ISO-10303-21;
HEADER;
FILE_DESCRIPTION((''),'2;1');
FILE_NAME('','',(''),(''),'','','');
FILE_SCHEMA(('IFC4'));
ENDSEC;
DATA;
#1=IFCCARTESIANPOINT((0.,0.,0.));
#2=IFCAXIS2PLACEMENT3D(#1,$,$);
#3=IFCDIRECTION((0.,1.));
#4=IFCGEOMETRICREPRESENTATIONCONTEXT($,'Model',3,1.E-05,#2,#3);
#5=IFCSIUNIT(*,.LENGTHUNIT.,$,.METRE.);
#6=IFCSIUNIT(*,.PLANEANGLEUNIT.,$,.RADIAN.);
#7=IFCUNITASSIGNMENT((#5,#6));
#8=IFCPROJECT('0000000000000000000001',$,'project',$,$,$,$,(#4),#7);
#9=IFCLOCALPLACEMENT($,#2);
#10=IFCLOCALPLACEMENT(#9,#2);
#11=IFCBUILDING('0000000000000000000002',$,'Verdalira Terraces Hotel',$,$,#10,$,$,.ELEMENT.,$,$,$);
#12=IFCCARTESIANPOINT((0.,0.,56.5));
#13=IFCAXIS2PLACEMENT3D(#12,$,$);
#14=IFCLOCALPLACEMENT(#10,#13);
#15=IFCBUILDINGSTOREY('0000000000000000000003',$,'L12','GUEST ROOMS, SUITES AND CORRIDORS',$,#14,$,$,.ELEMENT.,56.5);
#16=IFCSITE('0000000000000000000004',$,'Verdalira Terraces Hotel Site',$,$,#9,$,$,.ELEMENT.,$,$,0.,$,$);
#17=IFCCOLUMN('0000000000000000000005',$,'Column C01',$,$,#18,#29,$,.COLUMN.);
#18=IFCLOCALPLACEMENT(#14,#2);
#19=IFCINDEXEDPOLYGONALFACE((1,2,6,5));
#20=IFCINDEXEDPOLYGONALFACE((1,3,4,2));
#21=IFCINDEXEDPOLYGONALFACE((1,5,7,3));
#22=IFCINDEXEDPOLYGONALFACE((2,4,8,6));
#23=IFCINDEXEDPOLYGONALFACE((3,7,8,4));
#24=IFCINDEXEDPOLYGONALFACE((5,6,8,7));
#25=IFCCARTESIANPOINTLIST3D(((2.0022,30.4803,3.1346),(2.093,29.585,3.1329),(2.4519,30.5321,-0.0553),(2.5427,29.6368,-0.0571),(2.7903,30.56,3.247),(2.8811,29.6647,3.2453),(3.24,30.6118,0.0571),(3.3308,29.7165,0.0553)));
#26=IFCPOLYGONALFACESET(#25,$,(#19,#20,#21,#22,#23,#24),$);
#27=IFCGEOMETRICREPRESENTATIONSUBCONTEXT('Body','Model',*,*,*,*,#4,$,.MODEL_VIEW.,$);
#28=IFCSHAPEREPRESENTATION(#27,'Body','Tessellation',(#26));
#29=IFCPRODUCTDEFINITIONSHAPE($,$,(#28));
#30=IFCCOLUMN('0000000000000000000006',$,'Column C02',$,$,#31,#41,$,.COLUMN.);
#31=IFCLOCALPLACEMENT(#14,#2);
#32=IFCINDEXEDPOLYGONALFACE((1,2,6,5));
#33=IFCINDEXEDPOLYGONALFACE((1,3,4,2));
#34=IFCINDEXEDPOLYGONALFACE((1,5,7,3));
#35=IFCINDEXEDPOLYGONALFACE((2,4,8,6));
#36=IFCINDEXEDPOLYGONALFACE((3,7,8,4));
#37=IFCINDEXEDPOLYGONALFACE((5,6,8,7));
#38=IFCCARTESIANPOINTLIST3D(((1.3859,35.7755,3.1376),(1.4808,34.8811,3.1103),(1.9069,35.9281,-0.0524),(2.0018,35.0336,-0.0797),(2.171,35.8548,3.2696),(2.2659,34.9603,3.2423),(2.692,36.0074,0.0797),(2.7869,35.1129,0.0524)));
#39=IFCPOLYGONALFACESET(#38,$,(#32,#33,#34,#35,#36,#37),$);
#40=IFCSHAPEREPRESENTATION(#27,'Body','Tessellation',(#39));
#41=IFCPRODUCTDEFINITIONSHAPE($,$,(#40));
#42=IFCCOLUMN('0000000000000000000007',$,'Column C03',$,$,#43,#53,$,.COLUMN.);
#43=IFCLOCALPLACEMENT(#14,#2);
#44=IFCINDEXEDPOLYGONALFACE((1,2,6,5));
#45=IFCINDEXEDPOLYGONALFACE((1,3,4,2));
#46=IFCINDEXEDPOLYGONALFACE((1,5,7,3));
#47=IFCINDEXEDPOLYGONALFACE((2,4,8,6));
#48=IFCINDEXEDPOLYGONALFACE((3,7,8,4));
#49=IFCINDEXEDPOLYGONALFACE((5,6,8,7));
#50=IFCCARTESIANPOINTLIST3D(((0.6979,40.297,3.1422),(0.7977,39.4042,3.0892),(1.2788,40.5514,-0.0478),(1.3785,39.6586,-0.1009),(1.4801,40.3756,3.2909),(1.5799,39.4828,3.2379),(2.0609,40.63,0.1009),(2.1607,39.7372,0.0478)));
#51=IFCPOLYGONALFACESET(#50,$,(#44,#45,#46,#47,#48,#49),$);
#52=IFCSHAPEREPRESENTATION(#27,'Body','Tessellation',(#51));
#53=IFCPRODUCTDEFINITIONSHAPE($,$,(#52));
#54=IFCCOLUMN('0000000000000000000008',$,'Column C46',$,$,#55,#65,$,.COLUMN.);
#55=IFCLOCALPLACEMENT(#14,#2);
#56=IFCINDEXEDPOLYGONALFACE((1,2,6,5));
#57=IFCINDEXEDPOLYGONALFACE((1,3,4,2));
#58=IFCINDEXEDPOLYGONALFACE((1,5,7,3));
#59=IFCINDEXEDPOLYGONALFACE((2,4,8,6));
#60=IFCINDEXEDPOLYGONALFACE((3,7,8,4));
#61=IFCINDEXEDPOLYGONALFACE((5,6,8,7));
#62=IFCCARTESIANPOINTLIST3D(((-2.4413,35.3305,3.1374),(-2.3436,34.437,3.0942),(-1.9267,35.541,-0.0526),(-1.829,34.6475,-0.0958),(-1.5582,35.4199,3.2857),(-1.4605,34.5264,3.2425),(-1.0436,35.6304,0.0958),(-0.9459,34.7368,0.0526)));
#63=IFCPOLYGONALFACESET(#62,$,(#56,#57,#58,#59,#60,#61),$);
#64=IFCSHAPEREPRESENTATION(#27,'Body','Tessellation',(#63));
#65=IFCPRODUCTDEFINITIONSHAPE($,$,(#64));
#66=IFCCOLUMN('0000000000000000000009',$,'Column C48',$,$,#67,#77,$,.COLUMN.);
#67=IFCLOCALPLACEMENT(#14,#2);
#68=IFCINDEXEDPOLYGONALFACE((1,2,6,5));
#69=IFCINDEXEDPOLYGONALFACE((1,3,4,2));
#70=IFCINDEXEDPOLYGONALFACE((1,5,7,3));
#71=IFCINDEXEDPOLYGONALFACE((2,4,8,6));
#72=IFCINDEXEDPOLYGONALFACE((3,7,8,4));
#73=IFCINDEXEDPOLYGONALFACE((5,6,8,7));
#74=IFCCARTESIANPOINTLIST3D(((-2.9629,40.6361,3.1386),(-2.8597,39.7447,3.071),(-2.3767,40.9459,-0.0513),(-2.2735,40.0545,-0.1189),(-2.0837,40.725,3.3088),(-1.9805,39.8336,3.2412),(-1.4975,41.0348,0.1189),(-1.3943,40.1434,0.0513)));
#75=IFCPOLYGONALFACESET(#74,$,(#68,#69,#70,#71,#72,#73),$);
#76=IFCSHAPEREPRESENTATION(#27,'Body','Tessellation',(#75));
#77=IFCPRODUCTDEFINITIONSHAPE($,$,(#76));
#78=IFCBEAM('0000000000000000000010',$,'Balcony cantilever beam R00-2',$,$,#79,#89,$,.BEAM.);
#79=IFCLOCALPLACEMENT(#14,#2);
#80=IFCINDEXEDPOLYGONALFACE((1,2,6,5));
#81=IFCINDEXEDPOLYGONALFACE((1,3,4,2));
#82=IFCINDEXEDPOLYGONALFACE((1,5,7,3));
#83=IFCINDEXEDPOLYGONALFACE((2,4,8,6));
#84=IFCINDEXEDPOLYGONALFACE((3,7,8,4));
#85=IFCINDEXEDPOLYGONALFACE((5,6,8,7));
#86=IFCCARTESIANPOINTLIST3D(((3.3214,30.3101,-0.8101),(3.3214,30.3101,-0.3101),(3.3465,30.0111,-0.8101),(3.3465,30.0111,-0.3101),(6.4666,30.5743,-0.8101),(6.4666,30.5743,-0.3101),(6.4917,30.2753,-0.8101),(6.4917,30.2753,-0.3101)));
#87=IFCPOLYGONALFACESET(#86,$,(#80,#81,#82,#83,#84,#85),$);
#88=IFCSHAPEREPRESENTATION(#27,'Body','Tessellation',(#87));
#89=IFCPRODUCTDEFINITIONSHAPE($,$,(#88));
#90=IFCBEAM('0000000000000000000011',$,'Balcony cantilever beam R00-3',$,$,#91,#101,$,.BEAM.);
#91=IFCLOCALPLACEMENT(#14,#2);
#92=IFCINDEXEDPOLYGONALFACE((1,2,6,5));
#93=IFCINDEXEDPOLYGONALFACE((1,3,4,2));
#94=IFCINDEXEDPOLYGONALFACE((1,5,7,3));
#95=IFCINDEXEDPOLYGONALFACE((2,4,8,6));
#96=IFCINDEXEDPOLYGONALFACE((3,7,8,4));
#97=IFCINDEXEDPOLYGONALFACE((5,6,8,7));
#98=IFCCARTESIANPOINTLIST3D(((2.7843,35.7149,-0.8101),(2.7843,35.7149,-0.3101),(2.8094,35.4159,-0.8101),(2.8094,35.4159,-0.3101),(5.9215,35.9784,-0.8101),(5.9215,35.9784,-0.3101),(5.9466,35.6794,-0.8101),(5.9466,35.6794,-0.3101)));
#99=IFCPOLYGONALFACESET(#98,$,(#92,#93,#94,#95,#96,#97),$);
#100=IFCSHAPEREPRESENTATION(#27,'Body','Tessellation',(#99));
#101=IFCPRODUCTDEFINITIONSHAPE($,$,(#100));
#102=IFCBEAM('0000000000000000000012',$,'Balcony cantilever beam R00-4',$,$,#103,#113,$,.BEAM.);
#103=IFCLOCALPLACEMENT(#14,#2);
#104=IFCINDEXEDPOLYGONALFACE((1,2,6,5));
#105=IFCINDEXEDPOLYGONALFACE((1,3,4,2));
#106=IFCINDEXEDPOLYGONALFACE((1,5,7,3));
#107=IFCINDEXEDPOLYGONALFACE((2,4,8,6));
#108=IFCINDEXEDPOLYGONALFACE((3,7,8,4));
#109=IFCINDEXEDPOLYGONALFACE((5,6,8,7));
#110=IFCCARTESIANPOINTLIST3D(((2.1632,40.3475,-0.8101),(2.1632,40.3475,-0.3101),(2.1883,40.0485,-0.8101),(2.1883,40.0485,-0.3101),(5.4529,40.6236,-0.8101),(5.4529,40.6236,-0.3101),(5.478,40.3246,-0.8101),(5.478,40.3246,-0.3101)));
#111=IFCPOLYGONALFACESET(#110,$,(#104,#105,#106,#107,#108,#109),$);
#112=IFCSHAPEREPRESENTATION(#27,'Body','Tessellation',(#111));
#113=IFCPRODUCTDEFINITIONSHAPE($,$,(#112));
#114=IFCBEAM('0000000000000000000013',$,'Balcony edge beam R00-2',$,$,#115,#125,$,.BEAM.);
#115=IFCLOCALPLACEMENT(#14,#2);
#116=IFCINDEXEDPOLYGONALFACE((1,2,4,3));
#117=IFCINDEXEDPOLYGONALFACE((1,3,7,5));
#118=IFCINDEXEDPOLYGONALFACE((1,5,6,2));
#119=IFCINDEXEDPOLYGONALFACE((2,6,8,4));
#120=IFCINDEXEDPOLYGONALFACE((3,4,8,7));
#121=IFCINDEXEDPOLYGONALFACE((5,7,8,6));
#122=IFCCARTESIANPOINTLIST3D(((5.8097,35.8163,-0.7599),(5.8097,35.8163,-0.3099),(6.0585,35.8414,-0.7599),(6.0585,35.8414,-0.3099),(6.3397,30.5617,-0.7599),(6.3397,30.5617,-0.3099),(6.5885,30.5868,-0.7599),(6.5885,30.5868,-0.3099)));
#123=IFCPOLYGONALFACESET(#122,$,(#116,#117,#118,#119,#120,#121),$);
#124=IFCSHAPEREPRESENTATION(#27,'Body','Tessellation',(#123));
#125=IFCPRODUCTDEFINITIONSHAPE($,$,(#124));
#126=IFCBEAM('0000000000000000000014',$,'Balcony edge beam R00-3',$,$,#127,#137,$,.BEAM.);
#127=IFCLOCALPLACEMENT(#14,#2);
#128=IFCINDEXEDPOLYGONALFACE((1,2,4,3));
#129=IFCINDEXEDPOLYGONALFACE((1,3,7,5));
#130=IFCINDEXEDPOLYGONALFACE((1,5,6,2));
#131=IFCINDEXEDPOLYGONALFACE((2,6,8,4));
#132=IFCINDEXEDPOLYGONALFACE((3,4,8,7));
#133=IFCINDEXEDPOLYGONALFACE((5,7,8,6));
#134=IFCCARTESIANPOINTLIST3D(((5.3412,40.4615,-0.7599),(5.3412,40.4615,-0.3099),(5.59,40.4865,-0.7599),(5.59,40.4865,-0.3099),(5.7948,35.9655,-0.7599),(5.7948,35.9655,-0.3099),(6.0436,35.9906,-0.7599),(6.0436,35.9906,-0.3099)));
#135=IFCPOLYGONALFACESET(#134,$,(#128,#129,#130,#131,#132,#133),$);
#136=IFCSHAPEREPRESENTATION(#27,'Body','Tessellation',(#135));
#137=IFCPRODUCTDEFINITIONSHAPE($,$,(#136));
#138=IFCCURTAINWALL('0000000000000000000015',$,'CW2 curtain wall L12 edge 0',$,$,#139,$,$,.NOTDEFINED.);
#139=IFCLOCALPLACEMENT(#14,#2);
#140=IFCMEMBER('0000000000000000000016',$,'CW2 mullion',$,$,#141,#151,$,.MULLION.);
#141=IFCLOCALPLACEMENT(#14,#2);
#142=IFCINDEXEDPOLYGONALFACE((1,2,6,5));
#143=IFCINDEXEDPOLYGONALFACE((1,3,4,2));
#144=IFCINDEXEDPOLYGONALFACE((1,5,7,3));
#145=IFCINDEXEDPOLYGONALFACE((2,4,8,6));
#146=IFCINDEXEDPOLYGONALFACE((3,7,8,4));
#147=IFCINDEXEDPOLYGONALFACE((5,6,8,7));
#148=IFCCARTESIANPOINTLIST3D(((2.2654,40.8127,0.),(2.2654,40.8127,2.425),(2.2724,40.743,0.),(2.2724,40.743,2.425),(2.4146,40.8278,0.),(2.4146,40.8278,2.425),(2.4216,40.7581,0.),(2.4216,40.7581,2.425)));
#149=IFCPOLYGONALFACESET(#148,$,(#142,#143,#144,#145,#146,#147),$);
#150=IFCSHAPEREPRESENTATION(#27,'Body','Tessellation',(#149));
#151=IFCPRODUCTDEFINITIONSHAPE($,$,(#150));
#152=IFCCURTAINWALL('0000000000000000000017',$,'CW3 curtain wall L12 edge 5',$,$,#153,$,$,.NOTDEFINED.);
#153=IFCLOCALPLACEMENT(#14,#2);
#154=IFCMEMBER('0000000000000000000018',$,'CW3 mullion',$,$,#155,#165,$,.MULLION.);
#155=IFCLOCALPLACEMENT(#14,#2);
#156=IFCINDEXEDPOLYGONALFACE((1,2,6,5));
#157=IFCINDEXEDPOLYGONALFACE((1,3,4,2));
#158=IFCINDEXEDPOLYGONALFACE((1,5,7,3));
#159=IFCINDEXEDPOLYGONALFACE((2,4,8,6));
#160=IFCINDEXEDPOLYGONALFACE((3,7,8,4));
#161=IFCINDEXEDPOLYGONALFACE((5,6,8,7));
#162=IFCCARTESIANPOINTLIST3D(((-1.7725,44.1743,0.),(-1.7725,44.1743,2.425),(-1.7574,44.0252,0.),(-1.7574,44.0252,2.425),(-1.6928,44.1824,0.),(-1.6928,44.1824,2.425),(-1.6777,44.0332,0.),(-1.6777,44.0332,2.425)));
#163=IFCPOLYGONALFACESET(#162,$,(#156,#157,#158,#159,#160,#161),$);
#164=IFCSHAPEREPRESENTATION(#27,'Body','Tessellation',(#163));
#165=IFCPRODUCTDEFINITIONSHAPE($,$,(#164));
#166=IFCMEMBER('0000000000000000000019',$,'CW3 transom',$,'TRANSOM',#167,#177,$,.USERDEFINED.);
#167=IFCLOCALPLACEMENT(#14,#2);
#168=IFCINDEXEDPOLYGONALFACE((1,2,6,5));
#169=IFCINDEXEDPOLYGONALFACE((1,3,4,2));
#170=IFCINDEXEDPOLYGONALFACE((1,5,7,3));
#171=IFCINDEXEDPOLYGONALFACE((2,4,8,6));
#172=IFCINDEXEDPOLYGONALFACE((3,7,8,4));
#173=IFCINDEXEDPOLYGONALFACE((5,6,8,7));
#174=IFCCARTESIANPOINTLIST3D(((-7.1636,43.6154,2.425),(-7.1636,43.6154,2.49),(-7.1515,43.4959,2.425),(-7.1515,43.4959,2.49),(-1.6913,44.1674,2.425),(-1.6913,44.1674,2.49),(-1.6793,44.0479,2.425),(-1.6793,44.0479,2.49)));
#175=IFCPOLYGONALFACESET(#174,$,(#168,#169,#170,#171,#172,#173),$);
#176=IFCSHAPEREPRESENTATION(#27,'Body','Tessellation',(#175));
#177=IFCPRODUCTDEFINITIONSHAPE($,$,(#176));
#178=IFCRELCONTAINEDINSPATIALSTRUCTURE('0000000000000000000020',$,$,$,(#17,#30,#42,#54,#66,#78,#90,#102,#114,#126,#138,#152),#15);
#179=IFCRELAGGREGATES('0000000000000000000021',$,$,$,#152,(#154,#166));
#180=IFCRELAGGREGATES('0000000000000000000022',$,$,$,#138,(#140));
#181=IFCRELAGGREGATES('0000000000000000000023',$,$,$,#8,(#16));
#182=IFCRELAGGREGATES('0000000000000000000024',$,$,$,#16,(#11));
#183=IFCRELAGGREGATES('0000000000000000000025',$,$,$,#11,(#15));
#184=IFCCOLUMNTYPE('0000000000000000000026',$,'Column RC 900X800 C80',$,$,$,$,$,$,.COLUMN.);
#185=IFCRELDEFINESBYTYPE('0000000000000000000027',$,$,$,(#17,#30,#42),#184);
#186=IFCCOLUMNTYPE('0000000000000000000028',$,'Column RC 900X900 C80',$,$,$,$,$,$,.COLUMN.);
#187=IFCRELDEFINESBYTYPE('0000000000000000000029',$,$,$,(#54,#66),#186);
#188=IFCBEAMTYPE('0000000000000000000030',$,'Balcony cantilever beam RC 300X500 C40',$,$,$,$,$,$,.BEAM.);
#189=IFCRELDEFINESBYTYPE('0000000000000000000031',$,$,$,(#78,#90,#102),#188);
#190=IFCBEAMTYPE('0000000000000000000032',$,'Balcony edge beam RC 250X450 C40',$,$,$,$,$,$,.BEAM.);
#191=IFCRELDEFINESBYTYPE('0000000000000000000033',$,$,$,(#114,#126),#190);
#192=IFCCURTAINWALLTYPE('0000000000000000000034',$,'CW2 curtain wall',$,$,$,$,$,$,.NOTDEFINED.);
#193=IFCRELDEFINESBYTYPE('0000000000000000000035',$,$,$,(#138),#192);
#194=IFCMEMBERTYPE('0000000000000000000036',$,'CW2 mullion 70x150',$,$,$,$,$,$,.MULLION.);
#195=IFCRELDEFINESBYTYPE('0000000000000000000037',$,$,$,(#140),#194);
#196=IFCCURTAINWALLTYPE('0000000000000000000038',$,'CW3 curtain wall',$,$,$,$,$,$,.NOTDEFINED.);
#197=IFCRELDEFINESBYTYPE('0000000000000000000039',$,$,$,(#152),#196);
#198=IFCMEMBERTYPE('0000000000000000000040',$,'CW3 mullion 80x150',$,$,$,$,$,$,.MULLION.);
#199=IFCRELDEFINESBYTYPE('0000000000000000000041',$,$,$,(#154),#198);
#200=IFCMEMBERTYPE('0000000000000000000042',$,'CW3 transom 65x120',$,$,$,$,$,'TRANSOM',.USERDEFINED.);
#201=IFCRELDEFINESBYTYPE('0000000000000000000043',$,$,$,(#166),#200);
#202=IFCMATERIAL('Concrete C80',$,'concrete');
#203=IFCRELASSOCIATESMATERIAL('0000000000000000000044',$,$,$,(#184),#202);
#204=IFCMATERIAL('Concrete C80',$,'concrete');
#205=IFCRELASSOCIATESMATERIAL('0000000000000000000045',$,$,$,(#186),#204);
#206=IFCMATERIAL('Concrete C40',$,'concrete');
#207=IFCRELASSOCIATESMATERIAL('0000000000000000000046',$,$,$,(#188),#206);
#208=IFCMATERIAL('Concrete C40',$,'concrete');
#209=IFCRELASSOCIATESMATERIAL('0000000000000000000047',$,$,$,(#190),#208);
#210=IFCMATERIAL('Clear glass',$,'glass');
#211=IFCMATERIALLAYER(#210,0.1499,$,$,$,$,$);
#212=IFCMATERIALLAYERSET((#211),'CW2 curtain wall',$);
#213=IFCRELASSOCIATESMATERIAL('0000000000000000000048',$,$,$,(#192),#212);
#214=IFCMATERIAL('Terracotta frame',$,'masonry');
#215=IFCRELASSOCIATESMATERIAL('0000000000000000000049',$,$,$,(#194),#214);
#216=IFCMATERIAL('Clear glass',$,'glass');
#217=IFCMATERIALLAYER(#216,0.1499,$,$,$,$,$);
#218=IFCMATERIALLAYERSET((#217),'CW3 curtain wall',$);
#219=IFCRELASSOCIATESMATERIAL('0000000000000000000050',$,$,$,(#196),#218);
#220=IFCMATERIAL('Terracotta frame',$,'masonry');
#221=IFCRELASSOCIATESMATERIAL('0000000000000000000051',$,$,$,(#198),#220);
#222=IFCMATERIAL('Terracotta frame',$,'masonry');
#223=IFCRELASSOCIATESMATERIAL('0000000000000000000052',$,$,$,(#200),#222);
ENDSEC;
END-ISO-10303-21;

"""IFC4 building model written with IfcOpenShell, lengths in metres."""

from ifc_helpers import new_model, si_unit, direction, frame, origin, origin_2d, place, context, subcontext, project, spatial, rectangle, extrude, material, layer, layer_set, material_profile, profile_set, type_object, element, aggregate, save


model = new_model("IFC4")

# Units and contexts
model_context = context("Model", 3, precision=1e-05, world=origin(), true_north=direction((0.0, 1.0)))
body_context = subcontext(model_context, "Body", "Model", "MODEL_VIEW")
ifc_project = project(units=[si_unit("LENGTHUNIT", "METRE"), si_unit("PLANEANGLEUNIT", "RADIAN")], contexts=[model_context])

# Site, building, storey
site_placement = place(None, origin())
site = spatial("IfcSite", under=ifc_project, at=site_placement, Name="Verdalira Terraces Hotel Site", CompositionType="ELEMENT", RefElevation=0.0)
building_placement = place(site_placement, origin())
building = spatial("IfcBuilding", under=site, at=building_placement, Name="Verdalira Terraces Hotel", CompositionType="ELEMENT")
storey_placement = place(building_placement, frame((0.0, 0.0, 56.5)))
storey = spatial("IfcBuildingStorey", under=building, at=storey_placement, Name="L12", Description="GUEST ROOMS, SUITES AND CORRIDORS", CompositionType="ELEMENT", Elevation=56.5)

# Columns
ifc_material_1 = material(Name="Concrete C80", Category="concrete")
ifc_material_profile_1 = material_profile(ifc_material_1, rectangle(XDim=0.8999, YDim=0.8, at=origin_2d()), Name="RC 900X800")
ifc_profile_set_1 = profile_set([ifc_material_profile_1], Name="Concrete C80")
column_type_1 = type_object("IfcColumnType", Name="Column RC 900X800 C80", PredefinedType="COLUMN", material=ifc_profile_set_1)
column_1_placement = place(storey_placement, frame((2.8914, 30.1243, 0.0), z_axis=(-0.139578, -0.016064, 0.990081), x_axis=(-0.10087, 0.994898, 0.001922)))
element("IfcColumn", 1, at=column_1_placement, inside=storey, type_object=column_type_1, Name="Column C01", PredefinedType="COLUMN", context=body_context, shape_type="SweptSolid", body=[
    extrude(rectangle(XDim=0.8999, YDim=0.8, at=origin_2d()), origin(), (0.0, 0.0, 1.0), 3.2219),
])
column_2_placement = place(storey_placement, frame((2.3469, 35.5205, 0.0), z_axis=(-0.16101, -0.047156, 0.985826), x_axis=(-0.105437, 0.993963, 0.030325)))
element("IfcColumn", 2, at=column_2_placement, inside=storey, type_object=column_type_1, Name="Column C02", PredefinedType="COLUMN", context=body_context, shape_type="SweptSolid", body=[
    extrude(rectangle(XDim=0.8999, YDim=0.8, at=origin_2d()), origin(), (0.0, 0.0, 1.0), 3.2358),
])
column_3_placement = place(storey_placement, frame((1.7197, 40.1443, 0.0), z_axis=(-0.178582, -0.078219, 0.980811), x_axis=(-0.110855, 0.992088, 0.058934)))
element("IfcColumn", 3, at=column_3_placement, inside=storey, type_object=column_type_1, Name="Column C03", PredefinedType="COLUMN", context=body_context, shape_type="SweptSolid", body=[
    extrude(rectangle(XDim=0.8999, YDim=0.8, at=origin_2d()), origin(), (0.0, 0.0, 1.0), 3.2524),
])
ifc_material_2 = material(Name="Concrete C80", Category="concrete")
ifc_material_profile_2 = material_profile(ifc_material_2, rectangle(XDim=0.8999, YDim=0.8999, at=origin_2d()), Name="RC 900X900")
ifc_profile_set_2 = profile_set([ifc_material_profile_2], Name="Concrete C80")
column_type_2 = type_object("IfcColumnType", Name="Column RC 900X900 C80", PredefinedType="COLUMN", material=ifc_profile_set_2)
column_4_placement = place(storey_placement, frame((-1.4363, 35.1389, 0.0), z_axis=(-0.158938, -0.064993, 0.985147), x_axis=(-0.108561, 0.992931, 0.047992)))
element("IfcColumn", 4, at=column_4_placement, inside=storey, type_object=column_type_2, Name="Column C46", PredefinedType="COLUMN", context=body_context, shape_type="SweptSolid", body=[
    extrude(rectangle(XDim=0.8999, YDim=0.8999, at=origin_2d()), origin(), (0.0, 0.0, 1.0), 3.238),
])
column_5_placement = place(storey_placement, frame((-1.8855, 40.5447, 0.0), z_axis=(-0.179914, -0.09509, 0.979075), x_axis=(-0.114688, 0.990556, 0.07513)))
element("IfcColumn", 5, at=column_5_placement, inside=storey, type_object=column_type_2, Name="Column C48", PredefinedType="COLUMN", context=body_context, shape_type="SweptSolid", body=[
    extrude(rectangle(XDim=0.8999, YDim=0.8999, at=origin_2d()), origin(), (0.0, 0.0, 1.0), 3.2581),
])

# Beams
ifc_material_3 = material(Name="Concrete C40", Category="concrete")
ifc_material_profile_3 = material_profile(ifc_material_3, rectangle(XDim=0.3, YDim=0.5, at=origin_2d()), Name="RC 300X500")
ifc_profile_set_3 = profile_set([ifc_material_profile_3], Name="Concrete C40")
beam_type_1 = type_object("IfcBeamType", Name="Balcony cantilever beam RC 300X500 C40", PredefinedType="BEAM", material=ifc_profile_set_3)
beam_1_placement = place(storey_placement, frame((3.334, 30.1606, -0.5601), z_axis=(0.996492, 0.083692, 0.0), x_axis=(-0.083692, 0.996492, 0.0)))
element("IfcBeam", 6, at=beam_1_placement, inside=storey, type_object=beam_type_1, Name="Balcony cantilever beam R00-2", PredefinedType="BEAM", context=body_context, shape_type="SweptSolid", body=[
    extrude(rectangle(XDim=0.3, YDim=0.5, at=origin_2d()), origin(), (0.0, 0.0, 1.0), 3.1562),
])
beam_2_placement = place(storey_placement, frame((2.7969, 35.5654, -0.5601), z_axis=(0.996493, 0.083674, 0.0), x_axis=(-0.083674, 0.996493, 0.0)))
element("IfcBeam", 7, at=beam_2_placement, inside=storey, type_object=beam_type_1, Name="Balcony cantilever beam R00-3", PredefinedType="BEAM", context=body_context, shape_type="SweptSolid", body=[
    extrude(rectangle(XDim=0.3, YDim=0.5, at=origin_2d()), origin(), (0.0, 0.0, 1.0), 3.1482),
])
beam_3_placement = place(storey_placement, frame((2.1758, 40.198, -0.5601), z_axis=(0.996496, 0.083639, 0.0), x_axis=(-0.083639, 0.996496, 0.0)))
element("IfcBeam", 8, at=beam_3_placement, inside=storey, type_object=beam_type_1, Name="Balcony cantilever beam R00-4", PredefinedType="BEAM", context=body_context, shape_type="SweptSolid", body=[
    extrude(rectangle(XDim=0.3, YDim=0.5, at=origin_2d()), origin(), (0.0, 0.0, 1.0), 3.3013),
])
ifc_material_4 = material(Name="Concrete C40", Category="concrete")
ifc_material_profile_4 = material_profile(ifc_material_4, rectangle(XDim=0.25, YDim=0.45, at=origin_2d()), Name="RC 250X450")
ifc_profile_set_4 = profile_set([ifc_material_profile_4], Name="Concrete C40")
beam_type_2 = type_object("IfcBeamType", Name="Balcony edge beam RC 250X450 C40", PredefinedType="BEAM", material=ifc_profile_set_4)
beam_4_placement = place(storey_placement, frame((6.4641, 30.5742, -0.5349), z_axis=(-0.10036, 0.994951, 0.0), x_axis=(-0.994951, -0.10036, 0.0)))
element("IfcBeam", 9, at=beam_4_placement, inside=storey, type_object=beam_type_2, Name="Balcony edge beam R00-2", PredefinedType="BEAM", context=body_context, shape_type="SweptSolid", body=[
    extrude(rectangle(XDim=0.25, YDim=0.45, at=origin_2d()), origin(), (0.0, 0.0, 1.0), 5.2812),
])
beam_5_placement = place(storey_placement, frame((5.9192, 35.978, -0.5349), z_axis=(-0.100381, 0.994949, 0.0), x_axis=(-0.994949, -0.100381, 0.0)))
element("IfcBeam", 10, at=beam_5_placement, inside=storey, type_object=beam_type_2, Name="Balcony edge beam R00-3", PredefinedType="BEAM", context=body_context, shape_type="SweptSolid", body=[
    extrude(rectangle(XDim=0.25, YDim=0.45, at=origin_2d()), origin(), (0.0, 0.0, 1.0), 4.5188),
])

# Curtain wall, member
ifc_material_5 = material(Name="Clear glass", Category="glass")
ifc_layer_1 = layer(ifc_material_5, 0.1499)
ifc_layer_set_1 = layer_set([ifc_layer_1], Name="CW2 curtain wall")
curtain_wall_type_1 = type_object("IfcCurtainWallType", Name="CW2 curtain wall", PredefinedType="NOTDEFINED", material=ifc_layer_set_1)
curtain_wall_1_placement = place(storey_placement, origin())
curtain_wall_1 = element("IfcCurtainWall", 11, at=curtain_wall_1_placement, inside=storey, type_object=curtain_wall_type_1, Name="CW2 curtain wall L12 edge 0", PredefinedType="NOTDEFINED")
ifc_material_6 = material(Name="Terracotta frame", Category="masonry")
ifc_material_profile_5 = material_profile(ifc_material_6, rectangle(XDim=0.0701, YDim=0.1499, at=origin_2d()), Name="MU 70x150")
ifc_profile_set_5 = profile_set([ifc_material_profile_5], Name="Terracotta frame")
member_type_1 = type_object("IfcMemberType", Name="CW2 mullion 70x150", PredefinedType="MULLION", material=ifc_profile_set_5)
member_1_placement = place(storey_placement, frame((2.3435, 40.7854, 0.0), z_axis=(0.0, 0.0, 1.0), x_axis=(-0.100362, 0.994951, 0.0)))
member_1 = element("IfcMember", 12, at=member_1_placement, type_object=member_type_1, Name="CW2 mullion", PredefinedType="MULLION", context=body_context, shape_type="SweptSolid", body=[
    extrude(rectangle(XDim=0.0701, YDim=0.1499, at=origin_2d()), origin(), (0.0, 0.0, 1.0), 2.425),
])

# Curtain wall, members
ifc_material_7 = material(Name="Clear glass", Category="glass")
ifc_layer_2 = layer(ifc_material_7, 0.1499)
ifc_layer_set_2 = layer_set([ifc_layer_2], Name="CW3 curtain wall")
curtain_wall_type_2 = type_object("IfcCurtainWallType", Name="CW3 curtain wall", PredefinedType="NOTDEFINED", material=ifc_layer_set_2)
curtain_wall_2_placement = place(storey_placement, origin())
curtain_wall_2 = element("IfcCurtainWall", 13, at=curtain_wall_2_placement, inside=storey, type_object=curtain_wall_type_2, Name="CW3 curtain wall L12 edge 5", PredefinedType="NOTDEFINED")
ifc_material_8 = material(Name="Terracotta frame", Category="masonry")
ifc_material_profile_6 = material_profile(ifc_material_8, rectangle(XDim=0.0801, YDim=0.1499, at=origin_2d()), Name="MU 80x150")
ifc_profile_set_6 = profile_set([ifc_material_profile_6], Name="Terracotta frame")
member_type_2 = type_object("IfcMemberType", Name="CW3 mullion 80x150", PredefinedType="MULLION", material=ifc_profile_set_6)
member_2_placement = place(storey_placement, frame((-1.7251, 44.1038, 0.0), z_axis=(0.0, 0.0, 1.0), x_axis=(-0.994951, -0.100362, 0.0)))
member_2 = element("IfcMember", 14, at=member_2_placement, type_object=member_type_2, Name="CW3 mullion", PredefinedType="MULLION", context=body_context, shape_type="SweptSolid", body=[
    extrude(rectangle(XDim=0.0801, YDim=0.1499, at=origin_2d()), origin(), (0.0, 0.0, 1.0), 2.425),
])
ifc_material_9 = material(Name="Terracotta frame", Category="masonry")
ifc_material_profile_7 = material_profile(ifc_material_9, rectangle(XDim=0.1201, YDim=0.0649, at=origin_2d()), Name="TR 65x120")
ifc_profile_set_7 = profile_set([ifc_material_profile_7], Name="Terracotta frame")
member_type_3 = type_object("IfcMemberType", Name="CW3 transom 65x120", ElementType="TRANSOM", PredefinedType="USERDEFINED", material=ifc_profile_set_7)
member_3_placement = place(storey_placement, frame((-1.6853, 44.1077, 2.4575), z_axis=(-0.994951, -0.100365, 0.0), x_axis=(0.100365, -0.994951, 0.0)))
member_3 = element("IfcMember", 15, at=member_3_placement, type_object=member_type_3, Name="CW3 transom", ObjectType="TRANSOM", PredefinedType="USERDEFINED", context=body_context, shape_type="SweptSolid", body=[
    extrude(rectangle(XDim=0.1201, YDim=0.0649, at=origin_2d()), origin(), (0.0, 0.0, 1.0), 5.5),
])
aggregate(curtain_wall_2, [member_2, member_3])

aggregate(curtain_wall_1, [member_1])

save(model, "model.ifc")
